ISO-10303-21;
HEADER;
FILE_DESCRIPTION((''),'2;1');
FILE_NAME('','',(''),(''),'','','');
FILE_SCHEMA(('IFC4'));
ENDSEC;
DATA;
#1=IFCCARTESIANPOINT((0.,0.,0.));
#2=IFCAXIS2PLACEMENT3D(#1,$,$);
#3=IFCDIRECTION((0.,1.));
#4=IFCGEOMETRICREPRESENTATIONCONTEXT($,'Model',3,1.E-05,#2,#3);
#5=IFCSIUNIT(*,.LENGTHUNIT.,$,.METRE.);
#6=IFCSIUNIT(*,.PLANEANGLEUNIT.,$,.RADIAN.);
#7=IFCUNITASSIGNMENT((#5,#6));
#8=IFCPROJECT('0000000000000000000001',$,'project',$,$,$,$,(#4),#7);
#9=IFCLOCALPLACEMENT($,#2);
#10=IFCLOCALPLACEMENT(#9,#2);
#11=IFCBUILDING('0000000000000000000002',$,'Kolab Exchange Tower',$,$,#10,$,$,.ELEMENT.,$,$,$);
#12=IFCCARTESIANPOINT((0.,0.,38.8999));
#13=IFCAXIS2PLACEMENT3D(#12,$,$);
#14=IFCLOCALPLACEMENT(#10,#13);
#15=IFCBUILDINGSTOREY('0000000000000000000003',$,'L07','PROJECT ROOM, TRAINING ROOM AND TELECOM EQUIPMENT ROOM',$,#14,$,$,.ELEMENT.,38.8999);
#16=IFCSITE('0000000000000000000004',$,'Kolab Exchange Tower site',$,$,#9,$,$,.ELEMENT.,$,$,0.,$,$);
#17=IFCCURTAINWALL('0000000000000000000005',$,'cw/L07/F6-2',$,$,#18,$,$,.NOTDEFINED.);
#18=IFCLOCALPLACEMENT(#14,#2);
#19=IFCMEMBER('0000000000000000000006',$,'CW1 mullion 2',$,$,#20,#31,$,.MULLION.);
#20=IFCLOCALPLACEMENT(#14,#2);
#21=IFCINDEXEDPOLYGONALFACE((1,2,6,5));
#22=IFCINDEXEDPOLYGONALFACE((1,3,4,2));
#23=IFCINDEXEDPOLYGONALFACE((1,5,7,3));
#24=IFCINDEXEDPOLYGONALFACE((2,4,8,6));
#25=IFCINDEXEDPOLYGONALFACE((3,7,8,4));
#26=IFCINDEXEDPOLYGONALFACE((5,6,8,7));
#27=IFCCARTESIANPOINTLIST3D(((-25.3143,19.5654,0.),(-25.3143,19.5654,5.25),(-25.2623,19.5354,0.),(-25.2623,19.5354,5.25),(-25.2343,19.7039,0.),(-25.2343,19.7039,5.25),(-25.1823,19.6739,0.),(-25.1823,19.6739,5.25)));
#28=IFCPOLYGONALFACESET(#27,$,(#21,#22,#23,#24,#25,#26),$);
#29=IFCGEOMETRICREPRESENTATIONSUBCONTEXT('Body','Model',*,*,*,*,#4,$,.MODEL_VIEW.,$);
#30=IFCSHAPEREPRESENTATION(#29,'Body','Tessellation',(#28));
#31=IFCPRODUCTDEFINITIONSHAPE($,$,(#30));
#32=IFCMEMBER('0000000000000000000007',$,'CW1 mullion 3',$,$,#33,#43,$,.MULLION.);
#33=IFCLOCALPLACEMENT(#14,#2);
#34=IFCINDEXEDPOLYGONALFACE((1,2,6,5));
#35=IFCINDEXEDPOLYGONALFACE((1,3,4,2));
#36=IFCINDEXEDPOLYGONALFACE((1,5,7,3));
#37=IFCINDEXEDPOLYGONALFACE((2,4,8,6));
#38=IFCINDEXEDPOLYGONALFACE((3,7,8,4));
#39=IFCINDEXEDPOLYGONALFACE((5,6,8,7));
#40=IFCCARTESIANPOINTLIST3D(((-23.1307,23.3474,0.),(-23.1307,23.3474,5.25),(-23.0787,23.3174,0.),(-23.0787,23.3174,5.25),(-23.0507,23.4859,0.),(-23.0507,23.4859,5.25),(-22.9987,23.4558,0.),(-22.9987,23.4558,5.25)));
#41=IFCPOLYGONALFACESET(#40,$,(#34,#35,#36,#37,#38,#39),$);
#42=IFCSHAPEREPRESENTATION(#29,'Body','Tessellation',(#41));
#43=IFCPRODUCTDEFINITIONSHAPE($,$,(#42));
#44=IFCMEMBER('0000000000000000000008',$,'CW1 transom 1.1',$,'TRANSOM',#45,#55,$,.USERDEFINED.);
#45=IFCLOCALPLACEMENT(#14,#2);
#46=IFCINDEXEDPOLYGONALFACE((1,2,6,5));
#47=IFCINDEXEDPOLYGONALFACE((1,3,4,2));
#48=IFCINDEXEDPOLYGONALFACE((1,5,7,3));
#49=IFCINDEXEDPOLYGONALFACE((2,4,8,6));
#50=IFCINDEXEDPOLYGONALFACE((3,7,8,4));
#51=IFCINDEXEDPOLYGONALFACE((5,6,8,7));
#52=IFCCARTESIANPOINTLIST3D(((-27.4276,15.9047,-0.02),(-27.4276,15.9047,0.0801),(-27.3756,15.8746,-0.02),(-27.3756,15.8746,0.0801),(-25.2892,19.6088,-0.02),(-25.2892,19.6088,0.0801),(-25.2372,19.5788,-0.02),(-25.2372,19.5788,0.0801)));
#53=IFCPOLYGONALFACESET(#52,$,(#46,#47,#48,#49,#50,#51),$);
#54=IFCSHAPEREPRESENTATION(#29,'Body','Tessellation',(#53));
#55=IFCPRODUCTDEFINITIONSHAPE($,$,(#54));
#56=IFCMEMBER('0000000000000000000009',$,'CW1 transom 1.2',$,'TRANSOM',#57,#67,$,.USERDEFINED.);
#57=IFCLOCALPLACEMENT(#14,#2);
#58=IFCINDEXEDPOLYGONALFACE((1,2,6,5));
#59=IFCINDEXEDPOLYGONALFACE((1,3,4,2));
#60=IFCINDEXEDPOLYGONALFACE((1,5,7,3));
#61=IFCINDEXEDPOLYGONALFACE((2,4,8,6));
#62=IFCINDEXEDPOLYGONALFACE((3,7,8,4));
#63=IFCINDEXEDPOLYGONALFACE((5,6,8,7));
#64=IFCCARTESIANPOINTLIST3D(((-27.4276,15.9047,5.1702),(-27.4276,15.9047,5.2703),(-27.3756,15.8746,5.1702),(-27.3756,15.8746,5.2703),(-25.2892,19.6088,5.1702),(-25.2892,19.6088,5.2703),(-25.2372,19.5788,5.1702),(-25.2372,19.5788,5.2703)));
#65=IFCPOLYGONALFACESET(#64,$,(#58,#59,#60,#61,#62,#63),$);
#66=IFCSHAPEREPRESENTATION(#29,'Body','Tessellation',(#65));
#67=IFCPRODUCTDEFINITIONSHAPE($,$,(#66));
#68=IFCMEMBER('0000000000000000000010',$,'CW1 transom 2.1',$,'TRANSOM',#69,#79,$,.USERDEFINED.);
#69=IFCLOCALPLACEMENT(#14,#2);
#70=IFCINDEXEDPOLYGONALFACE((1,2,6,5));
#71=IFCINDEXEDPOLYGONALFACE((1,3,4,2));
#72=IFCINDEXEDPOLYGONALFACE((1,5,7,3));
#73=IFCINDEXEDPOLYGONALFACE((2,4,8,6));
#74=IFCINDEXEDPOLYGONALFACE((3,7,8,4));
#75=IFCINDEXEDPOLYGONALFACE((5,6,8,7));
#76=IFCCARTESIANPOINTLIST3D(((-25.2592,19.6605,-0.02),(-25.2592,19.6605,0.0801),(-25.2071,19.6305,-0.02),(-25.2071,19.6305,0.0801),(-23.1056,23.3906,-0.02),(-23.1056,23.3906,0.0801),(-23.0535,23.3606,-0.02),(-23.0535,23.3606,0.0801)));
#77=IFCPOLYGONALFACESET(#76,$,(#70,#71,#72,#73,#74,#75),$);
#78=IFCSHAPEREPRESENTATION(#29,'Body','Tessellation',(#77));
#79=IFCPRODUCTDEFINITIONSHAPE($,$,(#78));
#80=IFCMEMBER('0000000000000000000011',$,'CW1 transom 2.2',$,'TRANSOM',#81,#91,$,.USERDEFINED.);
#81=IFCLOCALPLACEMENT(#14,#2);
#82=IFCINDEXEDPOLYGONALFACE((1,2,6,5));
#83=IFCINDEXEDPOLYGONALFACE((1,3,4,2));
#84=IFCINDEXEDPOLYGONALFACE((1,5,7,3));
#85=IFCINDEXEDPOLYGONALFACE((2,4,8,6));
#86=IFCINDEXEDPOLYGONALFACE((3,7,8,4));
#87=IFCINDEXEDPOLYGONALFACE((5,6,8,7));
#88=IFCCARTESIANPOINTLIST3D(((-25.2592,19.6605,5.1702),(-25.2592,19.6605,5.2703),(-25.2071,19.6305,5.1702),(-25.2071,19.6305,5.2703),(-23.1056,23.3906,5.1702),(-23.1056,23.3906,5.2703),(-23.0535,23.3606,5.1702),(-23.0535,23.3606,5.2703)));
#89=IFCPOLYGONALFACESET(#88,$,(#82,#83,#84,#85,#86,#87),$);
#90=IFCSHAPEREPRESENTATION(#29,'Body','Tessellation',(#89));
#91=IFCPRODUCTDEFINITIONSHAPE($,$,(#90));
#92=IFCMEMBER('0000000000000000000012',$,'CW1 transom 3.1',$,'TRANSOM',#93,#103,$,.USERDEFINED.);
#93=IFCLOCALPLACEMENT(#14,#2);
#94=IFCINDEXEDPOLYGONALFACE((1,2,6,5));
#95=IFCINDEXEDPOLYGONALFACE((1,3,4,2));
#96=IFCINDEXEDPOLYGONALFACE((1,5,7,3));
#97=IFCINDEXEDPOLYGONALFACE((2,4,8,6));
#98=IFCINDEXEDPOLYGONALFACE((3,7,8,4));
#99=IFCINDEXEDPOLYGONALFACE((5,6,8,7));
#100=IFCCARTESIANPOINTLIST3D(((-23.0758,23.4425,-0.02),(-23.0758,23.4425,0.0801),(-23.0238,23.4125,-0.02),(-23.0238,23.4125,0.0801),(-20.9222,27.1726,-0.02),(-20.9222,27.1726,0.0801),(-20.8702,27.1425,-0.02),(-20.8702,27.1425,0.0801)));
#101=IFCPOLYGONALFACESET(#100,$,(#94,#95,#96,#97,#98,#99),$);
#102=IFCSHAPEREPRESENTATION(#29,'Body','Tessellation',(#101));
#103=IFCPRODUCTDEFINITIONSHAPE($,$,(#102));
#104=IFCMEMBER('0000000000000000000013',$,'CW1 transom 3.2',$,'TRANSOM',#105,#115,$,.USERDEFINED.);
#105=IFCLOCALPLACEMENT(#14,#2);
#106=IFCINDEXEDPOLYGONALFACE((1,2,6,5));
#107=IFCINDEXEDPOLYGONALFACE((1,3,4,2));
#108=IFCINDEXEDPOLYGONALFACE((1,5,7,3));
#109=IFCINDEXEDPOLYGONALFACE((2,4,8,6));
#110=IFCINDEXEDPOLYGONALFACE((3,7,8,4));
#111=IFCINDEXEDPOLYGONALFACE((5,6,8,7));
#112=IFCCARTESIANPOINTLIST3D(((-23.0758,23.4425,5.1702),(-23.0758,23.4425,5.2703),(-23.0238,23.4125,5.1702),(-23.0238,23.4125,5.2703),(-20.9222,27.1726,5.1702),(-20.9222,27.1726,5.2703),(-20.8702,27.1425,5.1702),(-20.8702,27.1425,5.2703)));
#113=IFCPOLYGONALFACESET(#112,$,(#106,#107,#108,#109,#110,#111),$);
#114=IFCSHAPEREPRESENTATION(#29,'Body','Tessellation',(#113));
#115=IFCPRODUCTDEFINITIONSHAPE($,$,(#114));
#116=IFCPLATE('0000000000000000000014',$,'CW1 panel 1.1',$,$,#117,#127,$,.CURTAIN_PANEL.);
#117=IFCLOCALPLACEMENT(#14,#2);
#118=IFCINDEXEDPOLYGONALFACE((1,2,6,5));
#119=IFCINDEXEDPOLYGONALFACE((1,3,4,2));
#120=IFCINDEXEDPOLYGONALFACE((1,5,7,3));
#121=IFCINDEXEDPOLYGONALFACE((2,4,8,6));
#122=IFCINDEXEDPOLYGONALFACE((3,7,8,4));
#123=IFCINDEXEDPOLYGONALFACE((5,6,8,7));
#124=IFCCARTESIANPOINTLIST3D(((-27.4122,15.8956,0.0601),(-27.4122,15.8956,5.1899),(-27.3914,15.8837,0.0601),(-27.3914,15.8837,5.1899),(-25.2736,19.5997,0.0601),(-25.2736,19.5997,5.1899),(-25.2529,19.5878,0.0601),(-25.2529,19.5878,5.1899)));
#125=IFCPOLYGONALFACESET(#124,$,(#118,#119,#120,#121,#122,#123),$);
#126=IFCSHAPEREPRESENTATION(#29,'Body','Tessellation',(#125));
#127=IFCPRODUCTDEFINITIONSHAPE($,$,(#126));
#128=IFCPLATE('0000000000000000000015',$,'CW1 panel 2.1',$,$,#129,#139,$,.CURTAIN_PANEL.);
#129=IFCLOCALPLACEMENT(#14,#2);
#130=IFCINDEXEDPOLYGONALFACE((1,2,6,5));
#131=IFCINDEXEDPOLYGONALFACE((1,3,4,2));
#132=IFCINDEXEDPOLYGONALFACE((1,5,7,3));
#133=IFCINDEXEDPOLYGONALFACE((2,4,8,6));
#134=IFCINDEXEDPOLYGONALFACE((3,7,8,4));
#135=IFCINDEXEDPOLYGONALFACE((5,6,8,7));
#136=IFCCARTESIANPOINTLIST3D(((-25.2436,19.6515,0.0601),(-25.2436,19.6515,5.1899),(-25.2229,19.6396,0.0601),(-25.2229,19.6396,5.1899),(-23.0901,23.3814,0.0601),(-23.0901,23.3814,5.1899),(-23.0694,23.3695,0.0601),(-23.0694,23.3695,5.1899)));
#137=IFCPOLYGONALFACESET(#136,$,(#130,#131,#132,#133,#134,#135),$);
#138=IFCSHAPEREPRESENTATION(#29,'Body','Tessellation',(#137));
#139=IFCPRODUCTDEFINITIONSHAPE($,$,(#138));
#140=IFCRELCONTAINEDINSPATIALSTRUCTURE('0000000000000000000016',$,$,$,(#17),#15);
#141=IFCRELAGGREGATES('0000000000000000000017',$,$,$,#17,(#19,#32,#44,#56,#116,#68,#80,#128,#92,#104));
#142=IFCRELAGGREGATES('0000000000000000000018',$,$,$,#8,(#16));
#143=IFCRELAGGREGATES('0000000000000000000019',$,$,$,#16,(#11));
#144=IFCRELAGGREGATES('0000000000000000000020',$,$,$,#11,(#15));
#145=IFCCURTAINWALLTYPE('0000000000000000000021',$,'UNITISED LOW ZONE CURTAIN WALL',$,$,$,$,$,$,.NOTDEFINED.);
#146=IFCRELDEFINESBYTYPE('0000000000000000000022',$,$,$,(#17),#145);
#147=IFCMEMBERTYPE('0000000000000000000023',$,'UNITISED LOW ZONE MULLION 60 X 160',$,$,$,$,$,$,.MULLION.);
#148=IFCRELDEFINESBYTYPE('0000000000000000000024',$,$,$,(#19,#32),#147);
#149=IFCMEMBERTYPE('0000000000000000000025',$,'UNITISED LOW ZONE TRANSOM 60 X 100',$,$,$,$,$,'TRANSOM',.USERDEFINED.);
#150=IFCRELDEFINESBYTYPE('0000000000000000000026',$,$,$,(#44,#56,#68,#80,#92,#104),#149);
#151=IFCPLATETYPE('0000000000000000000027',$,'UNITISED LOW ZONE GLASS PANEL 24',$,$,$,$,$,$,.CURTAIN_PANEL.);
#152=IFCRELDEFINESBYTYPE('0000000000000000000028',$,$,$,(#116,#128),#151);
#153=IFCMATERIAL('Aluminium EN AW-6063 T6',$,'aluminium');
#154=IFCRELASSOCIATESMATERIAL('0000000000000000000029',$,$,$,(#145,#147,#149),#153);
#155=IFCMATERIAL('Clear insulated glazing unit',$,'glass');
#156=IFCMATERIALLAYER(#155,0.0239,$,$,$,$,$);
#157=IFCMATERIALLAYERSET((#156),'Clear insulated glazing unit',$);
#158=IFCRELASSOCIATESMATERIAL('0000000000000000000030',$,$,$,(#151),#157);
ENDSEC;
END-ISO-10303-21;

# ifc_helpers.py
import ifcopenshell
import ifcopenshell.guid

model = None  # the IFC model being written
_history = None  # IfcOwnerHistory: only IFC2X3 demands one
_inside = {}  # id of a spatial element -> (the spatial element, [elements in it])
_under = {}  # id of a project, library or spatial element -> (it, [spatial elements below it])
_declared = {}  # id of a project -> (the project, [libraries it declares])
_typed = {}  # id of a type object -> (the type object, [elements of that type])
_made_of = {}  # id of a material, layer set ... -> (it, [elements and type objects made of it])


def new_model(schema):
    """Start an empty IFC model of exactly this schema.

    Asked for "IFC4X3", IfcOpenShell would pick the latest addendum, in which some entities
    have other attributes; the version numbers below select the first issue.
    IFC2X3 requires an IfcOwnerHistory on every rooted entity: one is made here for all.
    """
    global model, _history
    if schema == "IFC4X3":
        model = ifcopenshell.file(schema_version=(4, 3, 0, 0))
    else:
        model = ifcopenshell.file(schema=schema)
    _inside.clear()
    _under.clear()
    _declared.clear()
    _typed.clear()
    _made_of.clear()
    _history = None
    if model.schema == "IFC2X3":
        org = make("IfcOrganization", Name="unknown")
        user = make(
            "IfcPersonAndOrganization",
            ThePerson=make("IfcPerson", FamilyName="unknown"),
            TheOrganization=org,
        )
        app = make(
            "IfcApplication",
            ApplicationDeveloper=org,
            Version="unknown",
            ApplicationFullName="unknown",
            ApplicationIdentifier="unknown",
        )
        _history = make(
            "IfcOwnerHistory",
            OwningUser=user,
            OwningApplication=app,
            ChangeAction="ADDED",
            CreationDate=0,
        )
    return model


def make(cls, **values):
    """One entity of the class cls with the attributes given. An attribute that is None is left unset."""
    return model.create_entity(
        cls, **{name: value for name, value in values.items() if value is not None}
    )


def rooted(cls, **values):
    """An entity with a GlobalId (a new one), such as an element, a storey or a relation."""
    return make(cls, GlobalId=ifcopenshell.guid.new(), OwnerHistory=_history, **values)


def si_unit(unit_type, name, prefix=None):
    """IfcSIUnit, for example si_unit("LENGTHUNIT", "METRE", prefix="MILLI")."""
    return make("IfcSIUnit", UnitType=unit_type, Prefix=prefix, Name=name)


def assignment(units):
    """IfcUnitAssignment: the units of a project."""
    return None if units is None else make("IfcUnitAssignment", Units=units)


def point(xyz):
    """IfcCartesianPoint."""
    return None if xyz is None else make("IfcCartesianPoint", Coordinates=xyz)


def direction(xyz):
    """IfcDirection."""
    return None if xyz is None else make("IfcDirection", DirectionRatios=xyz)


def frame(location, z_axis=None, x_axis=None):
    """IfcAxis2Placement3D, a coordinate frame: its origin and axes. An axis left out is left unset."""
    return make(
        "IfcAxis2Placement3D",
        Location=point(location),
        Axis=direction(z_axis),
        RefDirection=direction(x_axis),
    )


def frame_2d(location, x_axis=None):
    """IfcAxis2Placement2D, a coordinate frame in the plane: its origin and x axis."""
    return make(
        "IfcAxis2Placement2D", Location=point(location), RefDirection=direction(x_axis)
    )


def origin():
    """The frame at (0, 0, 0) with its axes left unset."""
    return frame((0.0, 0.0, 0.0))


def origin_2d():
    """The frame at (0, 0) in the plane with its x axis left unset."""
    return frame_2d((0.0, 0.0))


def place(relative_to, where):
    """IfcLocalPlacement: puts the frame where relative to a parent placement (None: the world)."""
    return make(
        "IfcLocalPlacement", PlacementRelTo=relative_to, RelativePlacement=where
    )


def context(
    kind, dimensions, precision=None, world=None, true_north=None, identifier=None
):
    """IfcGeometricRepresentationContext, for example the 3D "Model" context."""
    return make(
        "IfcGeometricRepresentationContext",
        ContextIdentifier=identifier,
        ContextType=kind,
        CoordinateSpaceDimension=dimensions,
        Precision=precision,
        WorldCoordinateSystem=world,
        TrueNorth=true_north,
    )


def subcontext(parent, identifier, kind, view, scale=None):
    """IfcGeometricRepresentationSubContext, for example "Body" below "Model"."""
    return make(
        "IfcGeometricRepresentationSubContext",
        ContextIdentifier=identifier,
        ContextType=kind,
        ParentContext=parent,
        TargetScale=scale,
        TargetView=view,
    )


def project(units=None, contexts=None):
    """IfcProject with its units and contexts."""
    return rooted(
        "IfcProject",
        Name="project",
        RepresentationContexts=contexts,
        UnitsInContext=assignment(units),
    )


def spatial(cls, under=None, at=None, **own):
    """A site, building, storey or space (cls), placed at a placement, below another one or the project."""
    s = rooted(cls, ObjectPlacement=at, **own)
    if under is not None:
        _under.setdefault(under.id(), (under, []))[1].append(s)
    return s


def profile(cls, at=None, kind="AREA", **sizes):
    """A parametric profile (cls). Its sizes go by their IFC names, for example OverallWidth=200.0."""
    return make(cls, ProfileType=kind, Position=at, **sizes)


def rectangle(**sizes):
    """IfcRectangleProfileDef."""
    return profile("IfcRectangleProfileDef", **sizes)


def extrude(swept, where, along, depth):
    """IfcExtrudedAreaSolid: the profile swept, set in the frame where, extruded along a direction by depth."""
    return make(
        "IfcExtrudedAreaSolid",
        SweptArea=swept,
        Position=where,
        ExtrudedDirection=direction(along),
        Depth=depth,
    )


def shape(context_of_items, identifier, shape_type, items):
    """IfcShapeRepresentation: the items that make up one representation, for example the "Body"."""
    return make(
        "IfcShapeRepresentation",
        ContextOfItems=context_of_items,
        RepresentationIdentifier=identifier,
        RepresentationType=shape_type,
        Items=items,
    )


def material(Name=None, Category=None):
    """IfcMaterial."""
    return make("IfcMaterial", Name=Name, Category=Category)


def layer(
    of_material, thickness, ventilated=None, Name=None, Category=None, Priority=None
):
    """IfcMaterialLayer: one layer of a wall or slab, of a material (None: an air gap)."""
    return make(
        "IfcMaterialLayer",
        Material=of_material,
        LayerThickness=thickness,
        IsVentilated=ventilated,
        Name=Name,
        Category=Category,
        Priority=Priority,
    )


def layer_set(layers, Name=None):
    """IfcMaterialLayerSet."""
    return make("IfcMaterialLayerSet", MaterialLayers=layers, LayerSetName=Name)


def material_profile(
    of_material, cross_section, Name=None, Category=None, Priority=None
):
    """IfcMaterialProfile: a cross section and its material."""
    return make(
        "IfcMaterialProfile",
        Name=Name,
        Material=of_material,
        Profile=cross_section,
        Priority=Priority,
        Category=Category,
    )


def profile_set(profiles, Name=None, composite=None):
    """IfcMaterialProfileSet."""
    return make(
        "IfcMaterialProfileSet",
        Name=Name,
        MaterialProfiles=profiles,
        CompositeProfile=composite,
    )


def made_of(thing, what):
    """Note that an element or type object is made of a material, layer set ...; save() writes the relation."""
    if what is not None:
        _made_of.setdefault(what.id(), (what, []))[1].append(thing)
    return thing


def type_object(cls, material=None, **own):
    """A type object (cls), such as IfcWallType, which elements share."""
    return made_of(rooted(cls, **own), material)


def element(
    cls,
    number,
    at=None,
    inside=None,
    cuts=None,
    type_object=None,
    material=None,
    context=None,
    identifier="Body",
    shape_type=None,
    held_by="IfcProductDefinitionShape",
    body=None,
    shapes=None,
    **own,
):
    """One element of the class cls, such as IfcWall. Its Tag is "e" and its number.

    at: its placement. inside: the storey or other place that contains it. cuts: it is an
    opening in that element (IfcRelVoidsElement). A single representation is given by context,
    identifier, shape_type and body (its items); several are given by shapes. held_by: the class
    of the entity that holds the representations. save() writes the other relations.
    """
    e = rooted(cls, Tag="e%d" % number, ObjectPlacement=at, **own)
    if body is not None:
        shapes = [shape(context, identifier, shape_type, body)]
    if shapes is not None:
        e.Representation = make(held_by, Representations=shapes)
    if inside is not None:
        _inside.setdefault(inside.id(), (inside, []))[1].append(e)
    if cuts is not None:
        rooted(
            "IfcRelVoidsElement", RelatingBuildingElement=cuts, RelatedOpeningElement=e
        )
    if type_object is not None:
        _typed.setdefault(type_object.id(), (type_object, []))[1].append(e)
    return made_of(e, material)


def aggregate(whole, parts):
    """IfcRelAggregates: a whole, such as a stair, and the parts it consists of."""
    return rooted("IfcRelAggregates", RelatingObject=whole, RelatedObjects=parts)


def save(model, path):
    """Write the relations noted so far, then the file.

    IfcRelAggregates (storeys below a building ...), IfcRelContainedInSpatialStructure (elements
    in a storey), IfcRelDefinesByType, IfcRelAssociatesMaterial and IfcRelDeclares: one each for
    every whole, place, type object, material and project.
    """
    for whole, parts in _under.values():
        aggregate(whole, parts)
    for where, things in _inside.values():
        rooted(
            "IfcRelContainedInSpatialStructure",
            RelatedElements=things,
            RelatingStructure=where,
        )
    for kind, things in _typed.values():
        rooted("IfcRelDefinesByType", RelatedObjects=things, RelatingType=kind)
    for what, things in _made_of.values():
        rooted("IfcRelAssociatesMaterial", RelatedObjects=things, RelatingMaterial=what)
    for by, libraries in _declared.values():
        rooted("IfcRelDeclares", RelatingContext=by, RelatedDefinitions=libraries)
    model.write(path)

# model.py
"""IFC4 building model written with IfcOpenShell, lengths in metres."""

from ifc_helpers import new_model, si_unit, direction, frame, origin, origin_2d, place, context, subcontext, project, spatial, rectangle, extrude, material, layer, layer_set, material_profile, profile_set, type_object, element, aggregate, save


model = new_model("IFC4")

# Units and contexts
model_context = context("Model", 3, precision=1e-05, world=origin(), true_north=direction((0.0, 1.0)))
body_context = subcontext(model_context, "Body", "Model", "MODEL_VIEW")
ifc_project = project(units=[si_unit("LENGTHUNIT", "METRE"), si_unit("PLANEANGLEUNIT", "RADIAN")], contexts=[model_context])

# Site, building, storey
site_placement = place(None, origin())
site = spatial("IfcSite", under=ifc_project, at=site_placement, Name="Kolab Exchange Tower site", CompositionType="ELEMENT", RefElevation=0.0)
building_placement = place(site_placement, origin())
building = spatial("IfcBuilding", under=site, at=building_placement, Name="Kolab Exchange Tower", CompositionType="ELEMENT")
storey_placement = place(building_placement, frame((0.0, 0.0, 38.8999)))
storey = spatial("IfcBuildingStorey", under=building, at=storey_placement, Name="L07", Description="PROJECT ROOM, TRAINING ROOM AND TELECOM EQUIPMENT ROOM", CompositionType="ELEMENT", Elevation=38.8999)

# Curtain wall, members, plates
ifc_material_1 = material(Name="Aluminium EN AW-6063 T6", Category="aluminium")
curtain_wall_type = type_object("IfcCurtainWallType", Name="UNITISED LOW ZONE CURTAIN WALL", PredefinedType="NOTDEFINED", material=ifc_material_1)
curtain_wall_placement = place(storey_placement, origin())
curtain_wall = element("IfcCurtainWall", 1, at=curtain_wall_placement, inside=storey, type_object=curtain_wall_type, Name="cw/L07/F6-2", PredefinedType="NOTDEFINED")
ifc_material_profile_1 = material_profile(ifc_material_1, rectangle(XDim=0.0601, YDim=0.1599, at=origin_2d()), Name="RECT 60X160")
ifc_profile_set_1 = profile_set([ifc_material_profile_1], Name="Aluminium EN AW-6063 T6")
member_type_1 = type_object("IfcMemberType", Name="UNITISED LOW ZONE MULLION 60 X 160", PredefinedType="MULLION", material=ifc_profile_set_1)
member_1_placement = place(storey_placement, frame((-25.2483, 19.6196, 0.0), z_axis=(0.0, 0.0, 1.0), x_axis=(-0.866025, 0.5, 0.0)))
member_1 = element("IfcMember", 2, at=member_1_placement, type_object=member_type_1, Name="CW1 mullion 2", PredefinedType="MULLION", context=body_context, shape_type="SweptSolid", body=[
    extrude(rectangle(XDim=0.0601, YDim=0.1599, at=origin_2d()), origin(), (0.0, 0.0, 1.0), 5.25),
])
member_2_placement = place(storey_placement, frame((-23.0647, 23.4016, 0.0), z_axis=(0.0, 0.0, 1.0), x_axis=(-0.866025, 0.5, 0.0)))
member_2 = element("IfcMember", 3, at=member_2_placement, type_object=member_type_1, Name="CW1 mullion 3", PredefinedType="MULLION", context=body_context, shape_type="SweptSolid", body=[
    extrude(rectangle(XDim=0.0601, YDim=0.1599, at=origin_2d()), origin(), (0.0, 0.0, 1.0), 5.25),
])
ifc_material_profile_2 = material_profile(ifc_material_1, rectangle(XDim=0.0601, YDim=0.1001, at=origin_2d()), Name="RECT 60X100")
ifc_profile_set_2 = profile_set([ifc_material_profile_2], Name="Aluminium EN AW-6063 T6")
member_type_2 = type_object("IfcMemberType", Name="UNITISED LOW ZONE TRANSOM 60 X 100", ElementType="TRANSOM", PredefinedType="USERDEFINED", material=ifc_profile_set_2)
member_3_placement = place(storey_placement, frame((-27.4016, 15.8896, 0.03), z_axis=(0.499976, 0.866039, 0.0), x_axis=(-0.866039, 0.499976, 0.0)))
member_3 = element("IfcMember", 4, at=member_3_placement, type_object=member_type_2, Name="CW1 transom 1.1", ObjectType="TRANSOM", PredefinedType="USERDEFINED", context=body_context, shape_type="SweptSolid", body=[
    extrude(rectangle(XDim=0.0601, YDim=0.1001, at=origin_2d()), origin(), (0.0, 0.0, 1.0), 4.2771),
])
member_4_placement = place(storey_placement, frame((-27.4016, 15.8896, 5.2202), z_axis=(0.499976, 0.866039, 0.0), x_axis=(-0.866039, 0.499976, 0.0)))
member_4 = element("IfcMember", 5, at=member_4_placement, type_object=member_type_2, Name="CW1 transom 1.2", ObjectType="TRANSOM", PredefinedType="USERDEFINED", context=body_context, shape_type="SweptSolid", body=[
    extrude(rectangle(XDim=0.0601, YDim=0.1001, at=origin_2d()), origin(), (0.0, 0.0, 1.0), 4.2771),
])
member_5_placement = place(storey_placement, frame((-25.2332, 19.6455, 0.03), z_axis=(0.50001, 0.866019, 0.0), x_axis=(-0.866019, 0.50001, 0.0)))
member_5 = element("IfcMember", 6, at=member_5_placement, type_object=member_type_2, Name="CW1 transom 2.1", ObjectType="TRANSOM", PredefinedType="USERDEFINED", context=body_context, shape_type="SweptSolid", body=[
    extrude(rectangle(XDim=0.0601, YDim=0.1001, at=origin_2d()), origin(), (0.0, 0.0, 1.0), 4.3071),
])
member_6_placement = place(storey_placement, frame((-25.2332, 19.6455, 5.2202), z_axis=(0.50001, 0.866019, 0.0), x_axis=(-0.866019, 0.50001, 0.0)))
member_6 = element("IfcMember", 7, at=member_6_placement, type_object=member_type_2, Name="CW1 transom 2.2", ObjectType="TRANSOM", PredefinedType="USERDEFINED", context=body_context, shape_type="SweptSolid", body=[
    extrude(rectangle(XDim=0.0601, YDim=0.1001, at=origin_2d()), origin(), (0.0, 0.0, 1.0), 4.3071),
])
member_7_placement = place(storey_placement, frame((-23.0498, 23.4275, 0.03), z_axis=(0.50001, 0.866019, 0.0), x_axis=(-0.866019, 0.50001, 0.0)))
member_7 = element("IfcMember", 8, at=member_7_placement, type_object=member_type_2, Name="CW1 transom 3.1", ObjectType="TRANSOM", PredefinedType="USERDEFINED", context=body_context, shape_type="SweptSolid", body=[
    extrude(rectangle(XDim=0.0601, YDim=0.1001, at=origin_2d()), origin(), (0.0, 0.0, 1.0), 4.3071),
])
member_8_placement = place(storey_placement, frame((-23.0498, 23.4275, 5.2202), z_axis=(0.50001, 0.866019, 0.0), x_axis=(-0.866019, 0.50001, 0.0)))
member_8 = element("IfcMember", 9, at=member_8_placement, type_object=member_type_2, Name="CW1 transom 3.2", ObjectType="TRANSOM", PredefinedType="USERDEFINED", context=body_context, shape_type="SweptSolid", body=[
    extrude(rectangle(XDim=0.0601, YDim=0.1001, at=origin_2d()), origin(), (0.0, 0.0, 1.0), 4.3071),
])
ifc_material_2 = material(Name="Clear insulated glazing unit", Category="glass")
ifc_layer_1 = layer(ifc_material_2, 0.0239)
ifc_layer_set_1 = layer_set([ifc_layer_1], Name="Clear insulated glazing unit")
plate_type = type_object("IfcPlateType", Name="UNITISED LOW ZONE GLASS PANEL 24", PredefinedType="CURTAIN_PANEL", material=ifc_layer_set_1)
plate_1_placement = place(storey_placement, frame((-26.3325, 17.7417, 0.0601), z_axis=(0.0, 0.0, 1.0), x_axis=(0.5, 0.866025, 0.0)))
plate_1 = element("IfcPlate", 10, at=plate_1_placement, type_object=plate_type, Name="CW1 panel 1.1", PredefinedType="CURTAIN_PANEL", context=body_context, shape_type="SweptSolid", body=[
    extrude(rectangle(XDim=4.2771, YDim=0.0239, at=origin_2d()), origin(), (0.0, 0.0, 1.0), 5.1299),
])
plate_2_placement = place(storey_placement, frame((-24.1565, 21.5105, 0.0601), z_axis=(0.0, 0.0, 1.0), x_axis=(0.5, 0.866025, 0.0)))
plate_2 = element("IfcPlate", 11, at=plate_2_placement, type_object=plate_type, Name="CW1 panel 2.1", PredefinedType="CURTAIN_PANEL", context=body_context, shape_type="SweptSolid", body=[
    extrude(rectangle(XDim=4.3069, YDim=0.0239, at=origin_2d()), origin(), (0.0, 0.0, 1.0), 5.1299),
])
aggregate(curtain_wall, [member_1, member_2, member_3, member_4, plate_1, member_5, member_6, plate_2, member_7, member_8])

save(model, "model.ifc")
